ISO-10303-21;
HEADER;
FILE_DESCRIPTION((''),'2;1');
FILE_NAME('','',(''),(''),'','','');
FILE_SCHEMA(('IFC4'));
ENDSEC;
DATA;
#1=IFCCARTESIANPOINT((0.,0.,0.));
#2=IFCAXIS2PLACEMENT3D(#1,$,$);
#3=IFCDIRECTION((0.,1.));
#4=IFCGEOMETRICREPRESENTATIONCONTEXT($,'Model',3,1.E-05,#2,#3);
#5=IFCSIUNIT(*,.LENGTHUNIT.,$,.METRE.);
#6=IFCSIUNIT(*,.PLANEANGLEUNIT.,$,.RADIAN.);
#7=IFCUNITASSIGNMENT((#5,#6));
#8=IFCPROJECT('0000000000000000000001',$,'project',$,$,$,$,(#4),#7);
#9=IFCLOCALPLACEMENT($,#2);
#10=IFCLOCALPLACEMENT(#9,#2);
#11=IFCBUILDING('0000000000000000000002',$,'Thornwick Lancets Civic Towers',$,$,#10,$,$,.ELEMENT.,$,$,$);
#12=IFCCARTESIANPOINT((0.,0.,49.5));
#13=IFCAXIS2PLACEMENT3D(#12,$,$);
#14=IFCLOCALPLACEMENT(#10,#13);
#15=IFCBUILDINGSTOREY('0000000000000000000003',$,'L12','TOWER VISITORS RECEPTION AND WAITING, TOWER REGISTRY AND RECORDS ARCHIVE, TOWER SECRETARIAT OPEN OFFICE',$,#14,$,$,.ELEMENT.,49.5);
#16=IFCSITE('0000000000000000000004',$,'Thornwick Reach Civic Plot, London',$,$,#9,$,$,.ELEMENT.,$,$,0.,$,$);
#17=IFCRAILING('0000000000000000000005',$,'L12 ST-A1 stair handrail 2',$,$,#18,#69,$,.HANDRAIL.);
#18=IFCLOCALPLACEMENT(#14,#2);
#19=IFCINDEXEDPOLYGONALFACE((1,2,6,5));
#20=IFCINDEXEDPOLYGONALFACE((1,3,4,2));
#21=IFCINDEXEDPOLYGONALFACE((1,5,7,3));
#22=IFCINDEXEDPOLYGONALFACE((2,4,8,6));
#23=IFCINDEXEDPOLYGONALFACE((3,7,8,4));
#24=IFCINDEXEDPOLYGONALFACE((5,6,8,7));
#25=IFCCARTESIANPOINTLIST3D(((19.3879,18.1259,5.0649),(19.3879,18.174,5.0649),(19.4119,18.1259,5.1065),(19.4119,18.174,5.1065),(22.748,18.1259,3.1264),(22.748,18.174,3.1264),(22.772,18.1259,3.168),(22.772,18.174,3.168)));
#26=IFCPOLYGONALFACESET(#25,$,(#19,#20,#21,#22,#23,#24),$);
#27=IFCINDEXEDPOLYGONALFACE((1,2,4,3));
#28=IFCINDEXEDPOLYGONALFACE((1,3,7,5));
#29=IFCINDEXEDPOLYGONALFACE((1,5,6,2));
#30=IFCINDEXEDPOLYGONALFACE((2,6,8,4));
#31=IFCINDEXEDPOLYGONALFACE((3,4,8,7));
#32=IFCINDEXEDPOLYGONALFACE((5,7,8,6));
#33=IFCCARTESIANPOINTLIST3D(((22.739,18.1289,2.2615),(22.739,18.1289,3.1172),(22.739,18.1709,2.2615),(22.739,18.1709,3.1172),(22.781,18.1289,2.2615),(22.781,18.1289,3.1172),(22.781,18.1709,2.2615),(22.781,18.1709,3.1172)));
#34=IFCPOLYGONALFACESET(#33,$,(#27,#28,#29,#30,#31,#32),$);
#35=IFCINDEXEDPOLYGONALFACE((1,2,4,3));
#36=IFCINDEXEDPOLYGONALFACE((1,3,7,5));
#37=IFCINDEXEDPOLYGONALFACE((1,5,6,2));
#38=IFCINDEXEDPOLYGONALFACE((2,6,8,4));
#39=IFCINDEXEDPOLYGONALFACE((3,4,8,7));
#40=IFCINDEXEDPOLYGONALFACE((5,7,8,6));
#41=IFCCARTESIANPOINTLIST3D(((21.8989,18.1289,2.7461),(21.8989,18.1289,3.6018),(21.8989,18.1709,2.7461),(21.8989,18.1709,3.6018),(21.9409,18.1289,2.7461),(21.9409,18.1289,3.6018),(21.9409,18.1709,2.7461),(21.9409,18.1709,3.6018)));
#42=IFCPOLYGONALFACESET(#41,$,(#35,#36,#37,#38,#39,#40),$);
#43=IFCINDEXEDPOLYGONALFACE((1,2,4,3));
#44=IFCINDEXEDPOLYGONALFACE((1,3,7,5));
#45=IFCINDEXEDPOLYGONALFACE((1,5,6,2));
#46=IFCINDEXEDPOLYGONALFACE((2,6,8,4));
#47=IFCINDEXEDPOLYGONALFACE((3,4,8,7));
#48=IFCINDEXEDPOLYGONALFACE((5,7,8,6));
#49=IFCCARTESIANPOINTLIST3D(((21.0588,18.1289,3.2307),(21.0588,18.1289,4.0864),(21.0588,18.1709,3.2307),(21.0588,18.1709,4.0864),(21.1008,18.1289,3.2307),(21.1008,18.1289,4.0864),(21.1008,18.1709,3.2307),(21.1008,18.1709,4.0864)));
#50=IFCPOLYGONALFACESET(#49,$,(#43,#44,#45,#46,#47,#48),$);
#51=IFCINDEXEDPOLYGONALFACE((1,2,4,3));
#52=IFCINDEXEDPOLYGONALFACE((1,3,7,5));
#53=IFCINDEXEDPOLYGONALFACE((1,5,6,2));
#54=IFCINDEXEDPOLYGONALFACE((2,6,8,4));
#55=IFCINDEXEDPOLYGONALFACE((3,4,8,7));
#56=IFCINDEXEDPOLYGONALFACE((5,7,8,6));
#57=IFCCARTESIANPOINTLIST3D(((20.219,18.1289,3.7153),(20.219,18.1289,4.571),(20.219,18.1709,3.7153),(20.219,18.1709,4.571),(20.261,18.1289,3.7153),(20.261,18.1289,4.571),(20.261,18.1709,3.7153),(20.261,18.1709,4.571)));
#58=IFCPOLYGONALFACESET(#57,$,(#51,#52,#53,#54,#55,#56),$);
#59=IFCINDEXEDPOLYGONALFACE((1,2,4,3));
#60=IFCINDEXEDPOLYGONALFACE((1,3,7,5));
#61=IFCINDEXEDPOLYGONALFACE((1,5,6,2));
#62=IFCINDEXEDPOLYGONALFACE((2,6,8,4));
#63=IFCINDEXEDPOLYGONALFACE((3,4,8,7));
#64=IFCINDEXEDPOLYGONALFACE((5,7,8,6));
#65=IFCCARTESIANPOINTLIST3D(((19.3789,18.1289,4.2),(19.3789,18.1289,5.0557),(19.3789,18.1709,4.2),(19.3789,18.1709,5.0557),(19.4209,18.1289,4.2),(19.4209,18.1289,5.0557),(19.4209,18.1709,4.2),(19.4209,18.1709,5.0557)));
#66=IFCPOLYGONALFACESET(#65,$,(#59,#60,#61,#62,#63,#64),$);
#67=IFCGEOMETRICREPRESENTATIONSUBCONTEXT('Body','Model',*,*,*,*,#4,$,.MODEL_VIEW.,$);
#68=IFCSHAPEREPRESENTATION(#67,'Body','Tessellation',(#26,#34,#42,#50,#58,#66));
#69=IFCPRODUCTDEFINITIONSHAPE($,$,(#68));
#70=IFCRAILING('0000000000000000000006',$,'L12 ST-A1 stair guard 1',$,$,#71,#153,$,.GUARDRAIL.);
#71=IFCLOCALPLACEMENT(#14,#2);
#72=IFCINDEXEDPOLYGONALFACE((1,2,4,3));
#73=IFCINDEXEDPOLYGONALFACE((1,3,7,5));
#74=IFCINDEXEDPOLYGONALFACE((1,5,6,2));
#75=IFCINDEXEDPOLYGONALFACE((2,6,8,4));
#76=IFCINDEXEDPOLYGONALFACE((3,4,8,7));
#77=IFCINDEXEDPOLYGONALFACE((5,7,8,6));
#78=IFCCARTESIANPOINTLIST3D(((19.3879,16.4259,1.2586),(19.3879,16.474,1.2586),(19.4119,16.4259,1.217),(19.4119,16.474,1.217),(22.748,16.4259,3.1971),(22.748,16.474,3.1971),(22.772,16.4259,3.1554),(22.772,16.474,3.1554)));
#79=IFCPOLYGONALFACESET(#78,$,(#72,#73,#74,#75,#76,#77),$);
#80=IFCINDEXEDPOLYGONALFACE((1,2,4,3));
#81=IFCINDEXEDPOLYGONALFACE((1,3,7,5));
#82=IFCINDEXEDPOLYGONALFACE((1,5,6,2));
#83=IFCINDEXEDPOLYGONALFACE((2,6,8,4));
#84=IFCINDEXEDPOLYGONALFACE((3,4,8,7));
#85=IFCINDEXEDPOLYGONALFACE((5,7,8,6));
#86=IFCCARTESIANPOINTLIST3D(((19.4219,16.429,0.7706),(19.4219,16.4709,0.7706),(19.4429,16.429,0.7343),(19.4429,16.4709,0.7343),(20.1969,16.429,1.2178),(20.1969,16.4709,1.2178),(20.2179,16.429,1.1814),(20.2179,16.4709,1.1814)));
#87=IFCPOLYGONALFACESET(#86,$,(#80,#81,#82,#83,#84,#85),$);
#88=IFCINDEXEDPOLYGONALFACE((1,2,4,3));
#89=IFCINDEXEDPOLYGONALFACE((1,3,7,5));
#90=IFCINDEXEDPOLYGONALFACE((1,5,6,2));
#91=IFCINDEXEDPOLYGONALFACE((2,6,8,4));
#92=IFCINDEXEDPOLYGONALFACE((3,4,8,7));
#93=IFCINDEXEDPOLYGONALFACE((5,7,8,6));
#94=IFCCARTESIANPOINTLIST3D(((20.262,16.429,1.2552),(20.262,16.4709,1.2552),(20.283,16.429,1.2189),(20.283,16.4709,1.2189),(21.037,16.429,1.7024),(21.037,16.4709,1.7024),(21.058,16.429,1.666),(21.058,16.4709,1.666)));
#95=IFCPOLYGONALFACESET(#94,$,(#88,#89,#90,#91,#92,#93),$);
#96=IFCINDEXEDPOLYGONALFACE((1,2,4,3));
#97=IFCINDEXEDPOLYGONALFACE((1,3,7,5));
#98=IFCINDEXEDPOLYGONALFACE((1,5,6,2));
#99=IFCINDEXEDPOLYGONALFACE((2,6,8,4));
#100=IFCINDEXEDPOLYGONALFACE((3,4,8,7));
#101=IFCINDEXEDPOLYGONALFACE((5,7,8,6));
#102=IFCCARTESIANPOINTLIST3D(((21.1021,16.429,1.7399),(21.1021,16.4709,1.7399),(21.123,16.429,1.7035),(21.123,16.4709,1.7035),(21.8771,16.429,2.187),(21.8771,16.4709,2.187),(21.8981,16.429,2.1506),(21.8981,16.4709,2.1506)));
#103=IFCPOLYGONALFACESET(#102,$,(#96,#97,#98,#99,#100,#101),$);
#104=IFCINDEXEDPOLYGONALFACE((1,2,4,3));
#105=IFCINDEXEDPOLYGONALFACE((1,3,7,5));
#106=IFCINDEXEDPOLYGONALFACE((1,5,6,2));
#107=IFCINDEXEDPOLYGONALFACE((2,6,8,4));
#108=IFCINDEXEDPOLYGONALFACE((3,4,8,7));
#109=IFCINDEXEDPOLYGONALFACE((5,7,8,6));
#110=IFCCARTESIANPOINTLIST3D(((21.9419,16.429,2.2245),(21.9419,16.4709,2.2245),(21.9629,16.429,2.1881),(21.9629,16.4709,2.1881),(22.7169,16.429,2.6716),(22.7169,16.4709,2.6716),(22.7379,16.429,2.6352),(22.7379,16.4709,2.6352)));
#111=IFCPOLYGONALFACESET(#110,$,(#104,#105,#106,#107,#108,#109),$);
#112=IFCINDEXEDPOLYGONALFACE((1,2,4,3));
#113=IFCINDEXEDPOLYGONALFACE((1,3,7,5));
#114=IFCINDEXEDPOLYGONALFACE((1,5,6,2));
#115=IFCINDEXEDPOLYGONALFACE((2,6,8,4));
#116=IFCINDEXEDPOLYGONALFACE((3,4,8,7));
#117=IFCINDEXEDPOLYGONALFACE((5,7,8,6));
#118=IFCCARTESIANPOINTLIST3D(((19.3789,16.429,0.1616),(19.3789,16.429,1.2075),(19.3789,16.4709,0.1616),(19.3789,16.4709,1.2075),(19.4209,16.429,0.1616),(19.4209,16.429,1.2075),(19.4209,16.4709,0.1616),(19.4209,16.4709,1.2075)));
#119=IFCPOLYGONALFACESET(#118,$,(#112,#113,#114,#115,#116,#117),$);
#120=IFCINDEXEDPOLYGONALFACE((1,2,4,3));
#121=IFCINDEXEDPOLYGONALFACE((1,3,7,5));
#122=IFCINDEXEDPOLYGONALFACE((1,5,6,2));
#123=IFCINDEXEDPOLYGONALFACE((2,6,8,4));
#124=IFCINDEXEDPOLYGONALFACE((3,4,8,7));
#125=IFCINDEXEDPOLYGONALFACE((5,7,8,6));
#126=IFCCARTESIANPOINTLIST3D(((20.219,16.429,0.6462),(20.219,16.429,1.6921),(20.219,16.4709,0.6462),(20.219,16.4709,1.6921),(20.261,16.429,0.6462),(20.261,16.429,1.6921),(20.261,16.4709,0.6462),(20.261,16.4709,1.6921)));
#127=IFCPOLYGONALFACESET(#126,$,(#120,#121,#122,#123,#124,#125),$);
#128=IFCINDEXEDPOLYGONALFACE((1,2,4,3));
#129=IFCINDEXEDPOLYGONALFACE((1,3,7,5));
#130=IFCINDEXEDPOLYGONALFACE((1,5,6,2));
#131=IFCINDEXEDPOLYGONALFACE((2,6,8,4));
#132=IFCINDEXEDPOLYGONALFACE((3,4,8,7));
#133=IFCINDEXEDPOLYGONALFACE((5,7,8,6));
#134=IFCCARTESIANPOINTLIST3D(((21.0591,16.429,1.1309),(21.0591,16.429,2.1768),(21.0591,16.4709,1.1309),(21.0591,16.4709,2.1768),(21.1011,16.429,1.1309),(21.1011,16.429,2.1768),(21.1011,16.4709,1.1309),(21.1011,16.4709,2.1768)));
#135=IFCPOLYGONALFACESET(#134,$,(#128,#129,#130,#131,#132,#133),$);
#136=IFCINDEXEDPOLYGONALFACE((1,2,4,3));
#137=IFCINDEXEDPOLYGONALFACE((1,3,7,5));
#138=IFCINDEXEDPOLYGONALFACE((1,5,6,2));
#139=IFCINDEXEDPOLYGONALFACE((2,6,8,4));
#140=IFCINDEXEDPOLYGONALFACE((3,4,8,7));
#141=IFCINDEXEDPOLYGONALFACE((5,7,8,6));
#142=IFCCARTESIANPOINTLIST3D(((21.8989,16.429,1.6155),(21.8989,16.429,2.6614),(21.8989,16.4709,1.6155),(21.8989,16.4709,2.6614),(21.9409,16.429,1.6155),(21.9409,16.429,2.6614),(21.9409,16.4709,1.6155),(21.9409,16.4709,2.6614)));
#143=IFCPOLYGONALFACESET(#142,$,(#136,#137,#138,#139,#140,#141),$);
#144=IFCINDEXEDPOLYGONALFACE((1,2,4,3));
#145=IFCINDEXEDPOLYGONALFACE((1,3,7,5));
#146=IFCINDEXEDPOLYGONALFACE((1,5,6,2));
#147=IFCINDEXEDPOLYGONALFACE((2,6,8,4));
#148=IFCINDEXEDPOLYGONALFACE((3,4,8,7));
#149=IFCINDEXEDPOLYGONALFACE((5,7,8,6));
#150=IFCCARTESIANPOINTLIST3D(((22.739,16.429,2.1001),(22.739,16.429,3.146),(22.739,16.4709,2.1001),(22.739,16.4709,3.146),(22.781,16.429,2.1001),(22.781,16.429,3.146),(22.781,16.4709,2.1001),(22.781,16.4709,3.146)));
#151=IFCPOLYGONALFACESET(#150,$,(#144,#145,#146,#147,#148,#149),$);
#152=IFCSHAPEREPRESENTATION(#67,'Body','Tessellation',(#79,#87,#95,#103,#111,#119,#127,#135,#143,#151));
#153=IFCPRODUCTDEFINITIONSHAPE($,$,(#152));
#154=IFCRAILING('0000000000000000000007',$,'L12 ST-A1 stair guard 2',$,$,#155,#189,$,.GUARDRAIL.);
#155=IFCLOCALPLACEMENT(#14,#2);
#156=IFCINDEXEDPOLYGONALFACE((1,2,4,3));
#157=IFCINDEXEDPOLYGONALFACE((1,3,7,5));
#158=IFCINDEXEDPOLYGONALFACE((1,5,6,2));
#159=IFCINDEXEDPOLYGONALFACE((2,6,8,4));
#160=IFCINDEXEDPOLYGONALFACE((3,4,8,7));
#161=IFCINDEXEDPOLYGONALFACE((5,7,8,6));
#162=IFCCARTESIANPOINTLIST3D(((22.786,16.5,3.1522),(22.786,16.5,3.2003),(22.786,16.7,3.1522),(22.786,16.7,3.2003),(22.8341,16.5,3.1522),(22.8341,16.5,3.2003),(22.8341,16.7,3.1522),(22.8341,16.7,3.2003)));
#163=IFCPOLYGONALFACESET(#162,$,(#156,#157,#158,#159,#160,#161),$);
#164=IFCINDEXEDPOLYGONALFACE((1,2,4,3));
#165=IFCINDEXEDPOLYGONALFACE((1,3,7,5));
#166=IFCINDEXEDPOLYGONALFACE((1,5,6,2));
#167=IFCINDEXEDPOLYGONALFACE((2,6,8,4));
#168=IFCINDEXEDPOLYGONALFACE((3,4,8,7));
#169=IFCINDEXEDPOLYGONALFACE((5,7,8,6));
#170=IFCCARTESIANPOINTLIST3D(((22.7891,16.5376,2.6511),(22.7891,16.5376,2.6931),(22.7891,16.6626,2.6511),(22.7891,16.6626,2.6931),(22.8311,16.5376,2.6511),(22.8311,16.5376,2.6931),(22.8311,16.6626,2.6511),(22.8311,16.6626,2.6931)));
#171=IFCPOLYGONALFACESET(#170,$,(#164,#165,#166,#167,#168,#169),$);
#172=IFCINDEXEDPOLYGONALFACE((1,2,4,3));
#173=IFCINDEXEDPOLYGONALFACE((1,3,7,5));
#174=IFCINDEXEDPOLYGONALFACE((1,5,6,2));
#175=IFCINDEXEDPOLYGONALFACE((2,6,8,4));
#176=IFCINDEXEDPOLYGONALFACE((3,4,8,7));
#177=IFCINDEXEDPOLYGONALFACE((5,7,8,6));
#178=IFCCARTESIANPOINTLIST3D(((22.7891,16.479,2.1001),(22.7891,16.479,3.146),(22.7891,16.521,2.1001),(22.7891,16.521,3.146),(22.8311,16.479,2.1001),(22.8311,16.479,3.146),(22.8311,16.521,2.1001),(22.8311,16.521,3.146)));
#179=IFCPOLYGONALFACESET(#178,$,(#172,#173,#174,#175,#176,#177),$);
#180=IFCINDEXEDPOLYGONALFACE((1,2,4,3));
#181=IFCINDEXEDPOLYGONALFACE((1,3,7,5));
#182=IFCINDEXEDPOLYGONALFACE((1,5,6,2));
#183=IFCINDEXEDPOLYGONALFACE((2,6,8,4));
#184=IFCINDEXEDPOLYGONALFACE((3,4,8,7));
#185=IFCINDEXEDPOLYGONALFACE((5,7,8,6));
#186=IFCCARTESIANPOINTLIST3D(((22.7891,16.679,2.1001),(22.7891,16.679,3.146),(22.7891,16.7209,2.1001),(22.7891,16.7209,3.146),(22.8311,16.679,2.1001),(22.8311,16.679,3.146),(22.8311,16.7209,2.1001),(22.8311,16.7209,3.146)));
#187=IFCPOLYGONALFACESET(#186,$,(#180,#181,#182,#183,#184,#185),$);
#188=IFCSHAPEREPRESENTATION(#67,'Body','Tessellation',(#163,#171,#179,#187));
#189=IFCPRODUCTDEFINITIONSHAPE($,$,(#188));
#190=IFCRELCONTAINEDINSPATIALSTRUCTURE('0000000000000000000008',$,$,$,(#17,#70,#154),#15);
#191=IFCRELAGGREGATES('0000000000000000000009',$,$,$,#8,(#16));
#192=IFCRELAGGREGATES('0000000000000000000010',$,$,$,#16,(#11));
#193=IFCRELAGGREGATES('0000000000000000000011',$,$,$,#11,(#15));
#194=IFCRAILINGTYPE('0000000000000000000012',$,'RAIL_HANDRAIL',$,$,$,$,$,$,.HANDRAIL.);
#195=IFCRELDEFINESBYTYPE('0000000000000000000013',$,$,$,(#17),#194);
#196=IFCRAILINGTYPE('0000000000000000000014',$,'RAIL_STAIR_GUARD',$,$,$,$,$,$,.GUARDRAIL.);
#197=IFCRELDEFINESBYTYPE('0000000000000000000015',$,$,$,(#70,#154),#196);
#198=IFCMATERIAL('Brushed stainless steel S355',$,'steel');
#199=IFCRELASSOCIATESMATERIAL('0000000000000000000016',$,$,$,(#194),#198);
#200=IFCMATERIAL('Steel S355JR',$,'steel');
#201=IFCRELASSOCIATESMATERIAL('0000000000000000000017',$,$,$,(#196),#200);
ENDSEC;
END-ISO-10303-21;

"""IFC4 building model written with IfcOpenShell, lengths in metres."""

from ifc_helpers import new_model, si_unit, direction, frame, origin, origin_2d, place, context, subcontext, project, spatial, rectangle, extrude, material, type_object, element, save


model = new_model("IFC4")

# Units and contexts
model_context = context("Model", 3, precision=1e-05, world=origin(), true_north=direction((0.0, 1.0)))
body_context = subcontext(model_context, "Body", "Model", "MODEL_VIEW")
ifc_project = project(units=[si_unit("LENGTHUNIT", "METRE"), si_unit("PLANEANGLEUNIT", "RADIAN")], contexts=[model_context])

# Site, building, storey
site_placement = place(None, origin())
site = spatial("IfcSite", under=ifc_project, at=site_placement, Name="Thornwick Reach Civic Plot, London", CompositionType="ELEMENT", RefElevation=0.0)
building_placement = place(site_placement, origin())
building = spatial("IfcBuilding", under=site, at=building_placement, Name="Thornwick Lancets Civic Towers", CompositionType="ELEMENT")
storey_placement = place(building_placement, frame((0.0, 0.0, 49.5)))
storey = spatial("IfcBuildingStorey", under=building, at=storey_placement, Name="L12", Description="TOWER VISITORS RECEPTION AND WAITING, TOWER REGISTRY AND RECORDS ARCHIVE, TOWER SECRETARIAT OPEN OFFICE", CompositionType="ELEMENT", Elevation=49.5)

# Shared definitions
ifc_material_1 = material(Name="Steel S355JR", Category="steel")

# Railings
ifc_material_2 = material(Name="Brushed stainless steel S355", Category="steel")
railing_type_1 = type_object("IfcRailingType", Name="RAIL_HANDRAIL", PredefinedType="HANDRAIL", material=ifc_material_2)
railing_1_placement = place(storey_placement, frame((22.76, 18.1499, 2.2615)))
element("IfcRailing", 1, at=railing_1_placement, inside=storey, type_object=railing_type_1, Name="L12 ST-A1 stair handrail 2", PredefinedType="HANDRAIL", context=body_context, shape_type="SweptSolid", body=[
    extrude(rectangle(XDim=0.0481, YDim=0.0481, at=origin_2d()), frame((0.0, 0.0, 0.8857), z_axis=(-0.866191, 0.0, 0.499713), x_axis=(0.0, -1.0, 0.0)), (0.0, 0.0, 1.0), 3.8792),
    extrude(rectangle(XDim=0.042, YDim=0.042, at=origin_2d()), origin(), (0.0, 0.0, 1.0), 0.8557),
    extrude(rectangle(XDim=0.042, YDim=0.042, at=origin_2d()), frame((-0.8401, 0.0, 0.4846)), (0.0, 0.0, 1.0), 0.8557),
    extrude(rectangle(XDim=0.042, YDim=0.042, at=origin_2d()), frame((-1.6802, 0.0, 0.9692)), (0.0, 0.0, 1.0), 0.8557),
    extrude(rectangle(XDim=0.042, YDim=0.042, at=origin_2d()), frame((-2.52, 0.0, 1.4539)), (0.0, 0.0, 1.0), 0.8557),
    extrude(rectangle(XDim=0.042, YDim=0.042, at=origin_2d()), frame((-3.3601, 0.0, 1.9385)), (0.0, 0.0, 1.0), 0.8557),
])
railing_type_2 = type_object("IfcRailingType", Name="RAIL_STAIR_GUARD", PredefinedType="GUARDRAIL", material=ifc_material_1)
railing_2_placement = place(storey_placement, frame((19.3999, 16.45, 0.1616)))
element("IfcRailing", 2, at=railing_2_placement, inside=storey, type_object=railing_type_2, Name="L12 ST-A1 stair guard 1", PredefinedType="GUARDRAIL", context=body_context, shape_type="SweptSolid", body=[
    extrude(rectangle(XDim=0.0481, YDim=0.0481, at=origin_2d()), frame((0.0, 0.0, 1.0762), z_axis=(0.866191, 0.0, 0.499713), x_axis=(0.0, 1.0, 0.0)), (0.0, 0.0, 1.0), 3.8792),
    extrude(rectangle(XDim=0.042, YDim=0.042, at=origin_2d()), frame((0.0325, 0.0, 0.5908), z_axis=(0.866191, 0.0, 0.499713), x_axis=(0.0, 1.0, 0.0)), (0.0, 0.0, 1.0), 0.8948),
    extrude(rectangle(XDim=0.042, YDim=0.042, at=origin_2d()), frame((0.8726, 0.0, 1.0754), z_axis=(0.866191, 0.0, 0.499713), x_axis=(0.0, 1.0, 0.0)), (0.0, 0.0, 1.0), 0.8948),
    extrude(rectangle(XDim=0.042, YDim=0.042, at=origin_2d()), frame((1.7126, 0.0, 1.5601), z_axis=(0.866191, 0.0, 0.499713), x_axis=(0.0, 1.0, 0.0)), (0.0, 0.0, 1.0), 0.8948),
    extrude(rectangle(XDim=0.042, YDim=0.042, at=origin_2d()), frame((2.5525, 0.0, 2.0447), z_axis=(0.866191, 0.0, 0.499713), x_axis=(0.0, 1.0, 0.0)), (0.0, 0.0, 1.0), 0.8948),
    extrude(rectangle(XDim=0.042, YDim=0.042, at=origin_2d()), origin(), (0.0, 0.0, 1.0), 1.0459),
    extrude(rectangle(XDim=0.042, YDim=0.042, at=origin_2d()), frame((0.8401, 0.0, 0.4846)), (0.0, 0.0, 1.0), 1.0459),
    extrude(rectangle(XDim=0.042, YDim=0.042, at=origin_2d()), frame((1.6802, 0.0, 0.9692)), (0.0, 0.0, 1.0), 1.0459),
    extrude(rectangle(XDim=0.042, YDim=0.042, at=origin_2d()), frame((2.52, 0.0, 1.4539)), (0.0, 0.0, 1.0), 1.0459),
    extrude(rectangle(XDim=0.042, YDim=0.042, at=origin_2d()), frame((3.3601, 0.0, 1.9385)), (0.0, 0.0, 1.0), 1.0459),
])
railing_3_placement = place(storey_placement, frame((22.8101, 16.5, 2.1001)))
element("IfcRailing", 3, at=railing_3_placement, inside=storey, type_object=railing_type_2, Name="L12 ST-A1 stair guard 2", PredefinedType="GUARDRAIL", context=body_context, shape_type="SweptSolid", body=[
    extrude(rectangle(XDim=0.0481, YDim=0.0481, at=origin_2d()), frame((0.0, 0.0, 1.0762), z_axis=(0.0, 1.0, 0.0), x_axis=(-1.0, 0.0, 0.0)), (0.0, 0.0, 1.0), 0.2),
    extrude(rectangle(XDim=0.042, YDim=0.042, at=origin_2d()), frame((0.0, 0.0376, 0.572), z_axis=(0.0, 1.0, 0.0), x_axis=(-1.0, 0.0, 0.0)), (0.0, 0.0, 1.0), 0.125),
    extrude(rectangle(XDim=0.042, YDim=0.042, at=origin_2d()), origin(), (0.0, 0.0, 1.0), 1.0459),
    extrude(rectangle(XDim=0.042, YDim=0.042, at=origin_2d()), frame((0.0, 0.2, 0.0)), (0.0, 0.0, 1.0), 1.0459),
])

save(model, "model.ifc")
